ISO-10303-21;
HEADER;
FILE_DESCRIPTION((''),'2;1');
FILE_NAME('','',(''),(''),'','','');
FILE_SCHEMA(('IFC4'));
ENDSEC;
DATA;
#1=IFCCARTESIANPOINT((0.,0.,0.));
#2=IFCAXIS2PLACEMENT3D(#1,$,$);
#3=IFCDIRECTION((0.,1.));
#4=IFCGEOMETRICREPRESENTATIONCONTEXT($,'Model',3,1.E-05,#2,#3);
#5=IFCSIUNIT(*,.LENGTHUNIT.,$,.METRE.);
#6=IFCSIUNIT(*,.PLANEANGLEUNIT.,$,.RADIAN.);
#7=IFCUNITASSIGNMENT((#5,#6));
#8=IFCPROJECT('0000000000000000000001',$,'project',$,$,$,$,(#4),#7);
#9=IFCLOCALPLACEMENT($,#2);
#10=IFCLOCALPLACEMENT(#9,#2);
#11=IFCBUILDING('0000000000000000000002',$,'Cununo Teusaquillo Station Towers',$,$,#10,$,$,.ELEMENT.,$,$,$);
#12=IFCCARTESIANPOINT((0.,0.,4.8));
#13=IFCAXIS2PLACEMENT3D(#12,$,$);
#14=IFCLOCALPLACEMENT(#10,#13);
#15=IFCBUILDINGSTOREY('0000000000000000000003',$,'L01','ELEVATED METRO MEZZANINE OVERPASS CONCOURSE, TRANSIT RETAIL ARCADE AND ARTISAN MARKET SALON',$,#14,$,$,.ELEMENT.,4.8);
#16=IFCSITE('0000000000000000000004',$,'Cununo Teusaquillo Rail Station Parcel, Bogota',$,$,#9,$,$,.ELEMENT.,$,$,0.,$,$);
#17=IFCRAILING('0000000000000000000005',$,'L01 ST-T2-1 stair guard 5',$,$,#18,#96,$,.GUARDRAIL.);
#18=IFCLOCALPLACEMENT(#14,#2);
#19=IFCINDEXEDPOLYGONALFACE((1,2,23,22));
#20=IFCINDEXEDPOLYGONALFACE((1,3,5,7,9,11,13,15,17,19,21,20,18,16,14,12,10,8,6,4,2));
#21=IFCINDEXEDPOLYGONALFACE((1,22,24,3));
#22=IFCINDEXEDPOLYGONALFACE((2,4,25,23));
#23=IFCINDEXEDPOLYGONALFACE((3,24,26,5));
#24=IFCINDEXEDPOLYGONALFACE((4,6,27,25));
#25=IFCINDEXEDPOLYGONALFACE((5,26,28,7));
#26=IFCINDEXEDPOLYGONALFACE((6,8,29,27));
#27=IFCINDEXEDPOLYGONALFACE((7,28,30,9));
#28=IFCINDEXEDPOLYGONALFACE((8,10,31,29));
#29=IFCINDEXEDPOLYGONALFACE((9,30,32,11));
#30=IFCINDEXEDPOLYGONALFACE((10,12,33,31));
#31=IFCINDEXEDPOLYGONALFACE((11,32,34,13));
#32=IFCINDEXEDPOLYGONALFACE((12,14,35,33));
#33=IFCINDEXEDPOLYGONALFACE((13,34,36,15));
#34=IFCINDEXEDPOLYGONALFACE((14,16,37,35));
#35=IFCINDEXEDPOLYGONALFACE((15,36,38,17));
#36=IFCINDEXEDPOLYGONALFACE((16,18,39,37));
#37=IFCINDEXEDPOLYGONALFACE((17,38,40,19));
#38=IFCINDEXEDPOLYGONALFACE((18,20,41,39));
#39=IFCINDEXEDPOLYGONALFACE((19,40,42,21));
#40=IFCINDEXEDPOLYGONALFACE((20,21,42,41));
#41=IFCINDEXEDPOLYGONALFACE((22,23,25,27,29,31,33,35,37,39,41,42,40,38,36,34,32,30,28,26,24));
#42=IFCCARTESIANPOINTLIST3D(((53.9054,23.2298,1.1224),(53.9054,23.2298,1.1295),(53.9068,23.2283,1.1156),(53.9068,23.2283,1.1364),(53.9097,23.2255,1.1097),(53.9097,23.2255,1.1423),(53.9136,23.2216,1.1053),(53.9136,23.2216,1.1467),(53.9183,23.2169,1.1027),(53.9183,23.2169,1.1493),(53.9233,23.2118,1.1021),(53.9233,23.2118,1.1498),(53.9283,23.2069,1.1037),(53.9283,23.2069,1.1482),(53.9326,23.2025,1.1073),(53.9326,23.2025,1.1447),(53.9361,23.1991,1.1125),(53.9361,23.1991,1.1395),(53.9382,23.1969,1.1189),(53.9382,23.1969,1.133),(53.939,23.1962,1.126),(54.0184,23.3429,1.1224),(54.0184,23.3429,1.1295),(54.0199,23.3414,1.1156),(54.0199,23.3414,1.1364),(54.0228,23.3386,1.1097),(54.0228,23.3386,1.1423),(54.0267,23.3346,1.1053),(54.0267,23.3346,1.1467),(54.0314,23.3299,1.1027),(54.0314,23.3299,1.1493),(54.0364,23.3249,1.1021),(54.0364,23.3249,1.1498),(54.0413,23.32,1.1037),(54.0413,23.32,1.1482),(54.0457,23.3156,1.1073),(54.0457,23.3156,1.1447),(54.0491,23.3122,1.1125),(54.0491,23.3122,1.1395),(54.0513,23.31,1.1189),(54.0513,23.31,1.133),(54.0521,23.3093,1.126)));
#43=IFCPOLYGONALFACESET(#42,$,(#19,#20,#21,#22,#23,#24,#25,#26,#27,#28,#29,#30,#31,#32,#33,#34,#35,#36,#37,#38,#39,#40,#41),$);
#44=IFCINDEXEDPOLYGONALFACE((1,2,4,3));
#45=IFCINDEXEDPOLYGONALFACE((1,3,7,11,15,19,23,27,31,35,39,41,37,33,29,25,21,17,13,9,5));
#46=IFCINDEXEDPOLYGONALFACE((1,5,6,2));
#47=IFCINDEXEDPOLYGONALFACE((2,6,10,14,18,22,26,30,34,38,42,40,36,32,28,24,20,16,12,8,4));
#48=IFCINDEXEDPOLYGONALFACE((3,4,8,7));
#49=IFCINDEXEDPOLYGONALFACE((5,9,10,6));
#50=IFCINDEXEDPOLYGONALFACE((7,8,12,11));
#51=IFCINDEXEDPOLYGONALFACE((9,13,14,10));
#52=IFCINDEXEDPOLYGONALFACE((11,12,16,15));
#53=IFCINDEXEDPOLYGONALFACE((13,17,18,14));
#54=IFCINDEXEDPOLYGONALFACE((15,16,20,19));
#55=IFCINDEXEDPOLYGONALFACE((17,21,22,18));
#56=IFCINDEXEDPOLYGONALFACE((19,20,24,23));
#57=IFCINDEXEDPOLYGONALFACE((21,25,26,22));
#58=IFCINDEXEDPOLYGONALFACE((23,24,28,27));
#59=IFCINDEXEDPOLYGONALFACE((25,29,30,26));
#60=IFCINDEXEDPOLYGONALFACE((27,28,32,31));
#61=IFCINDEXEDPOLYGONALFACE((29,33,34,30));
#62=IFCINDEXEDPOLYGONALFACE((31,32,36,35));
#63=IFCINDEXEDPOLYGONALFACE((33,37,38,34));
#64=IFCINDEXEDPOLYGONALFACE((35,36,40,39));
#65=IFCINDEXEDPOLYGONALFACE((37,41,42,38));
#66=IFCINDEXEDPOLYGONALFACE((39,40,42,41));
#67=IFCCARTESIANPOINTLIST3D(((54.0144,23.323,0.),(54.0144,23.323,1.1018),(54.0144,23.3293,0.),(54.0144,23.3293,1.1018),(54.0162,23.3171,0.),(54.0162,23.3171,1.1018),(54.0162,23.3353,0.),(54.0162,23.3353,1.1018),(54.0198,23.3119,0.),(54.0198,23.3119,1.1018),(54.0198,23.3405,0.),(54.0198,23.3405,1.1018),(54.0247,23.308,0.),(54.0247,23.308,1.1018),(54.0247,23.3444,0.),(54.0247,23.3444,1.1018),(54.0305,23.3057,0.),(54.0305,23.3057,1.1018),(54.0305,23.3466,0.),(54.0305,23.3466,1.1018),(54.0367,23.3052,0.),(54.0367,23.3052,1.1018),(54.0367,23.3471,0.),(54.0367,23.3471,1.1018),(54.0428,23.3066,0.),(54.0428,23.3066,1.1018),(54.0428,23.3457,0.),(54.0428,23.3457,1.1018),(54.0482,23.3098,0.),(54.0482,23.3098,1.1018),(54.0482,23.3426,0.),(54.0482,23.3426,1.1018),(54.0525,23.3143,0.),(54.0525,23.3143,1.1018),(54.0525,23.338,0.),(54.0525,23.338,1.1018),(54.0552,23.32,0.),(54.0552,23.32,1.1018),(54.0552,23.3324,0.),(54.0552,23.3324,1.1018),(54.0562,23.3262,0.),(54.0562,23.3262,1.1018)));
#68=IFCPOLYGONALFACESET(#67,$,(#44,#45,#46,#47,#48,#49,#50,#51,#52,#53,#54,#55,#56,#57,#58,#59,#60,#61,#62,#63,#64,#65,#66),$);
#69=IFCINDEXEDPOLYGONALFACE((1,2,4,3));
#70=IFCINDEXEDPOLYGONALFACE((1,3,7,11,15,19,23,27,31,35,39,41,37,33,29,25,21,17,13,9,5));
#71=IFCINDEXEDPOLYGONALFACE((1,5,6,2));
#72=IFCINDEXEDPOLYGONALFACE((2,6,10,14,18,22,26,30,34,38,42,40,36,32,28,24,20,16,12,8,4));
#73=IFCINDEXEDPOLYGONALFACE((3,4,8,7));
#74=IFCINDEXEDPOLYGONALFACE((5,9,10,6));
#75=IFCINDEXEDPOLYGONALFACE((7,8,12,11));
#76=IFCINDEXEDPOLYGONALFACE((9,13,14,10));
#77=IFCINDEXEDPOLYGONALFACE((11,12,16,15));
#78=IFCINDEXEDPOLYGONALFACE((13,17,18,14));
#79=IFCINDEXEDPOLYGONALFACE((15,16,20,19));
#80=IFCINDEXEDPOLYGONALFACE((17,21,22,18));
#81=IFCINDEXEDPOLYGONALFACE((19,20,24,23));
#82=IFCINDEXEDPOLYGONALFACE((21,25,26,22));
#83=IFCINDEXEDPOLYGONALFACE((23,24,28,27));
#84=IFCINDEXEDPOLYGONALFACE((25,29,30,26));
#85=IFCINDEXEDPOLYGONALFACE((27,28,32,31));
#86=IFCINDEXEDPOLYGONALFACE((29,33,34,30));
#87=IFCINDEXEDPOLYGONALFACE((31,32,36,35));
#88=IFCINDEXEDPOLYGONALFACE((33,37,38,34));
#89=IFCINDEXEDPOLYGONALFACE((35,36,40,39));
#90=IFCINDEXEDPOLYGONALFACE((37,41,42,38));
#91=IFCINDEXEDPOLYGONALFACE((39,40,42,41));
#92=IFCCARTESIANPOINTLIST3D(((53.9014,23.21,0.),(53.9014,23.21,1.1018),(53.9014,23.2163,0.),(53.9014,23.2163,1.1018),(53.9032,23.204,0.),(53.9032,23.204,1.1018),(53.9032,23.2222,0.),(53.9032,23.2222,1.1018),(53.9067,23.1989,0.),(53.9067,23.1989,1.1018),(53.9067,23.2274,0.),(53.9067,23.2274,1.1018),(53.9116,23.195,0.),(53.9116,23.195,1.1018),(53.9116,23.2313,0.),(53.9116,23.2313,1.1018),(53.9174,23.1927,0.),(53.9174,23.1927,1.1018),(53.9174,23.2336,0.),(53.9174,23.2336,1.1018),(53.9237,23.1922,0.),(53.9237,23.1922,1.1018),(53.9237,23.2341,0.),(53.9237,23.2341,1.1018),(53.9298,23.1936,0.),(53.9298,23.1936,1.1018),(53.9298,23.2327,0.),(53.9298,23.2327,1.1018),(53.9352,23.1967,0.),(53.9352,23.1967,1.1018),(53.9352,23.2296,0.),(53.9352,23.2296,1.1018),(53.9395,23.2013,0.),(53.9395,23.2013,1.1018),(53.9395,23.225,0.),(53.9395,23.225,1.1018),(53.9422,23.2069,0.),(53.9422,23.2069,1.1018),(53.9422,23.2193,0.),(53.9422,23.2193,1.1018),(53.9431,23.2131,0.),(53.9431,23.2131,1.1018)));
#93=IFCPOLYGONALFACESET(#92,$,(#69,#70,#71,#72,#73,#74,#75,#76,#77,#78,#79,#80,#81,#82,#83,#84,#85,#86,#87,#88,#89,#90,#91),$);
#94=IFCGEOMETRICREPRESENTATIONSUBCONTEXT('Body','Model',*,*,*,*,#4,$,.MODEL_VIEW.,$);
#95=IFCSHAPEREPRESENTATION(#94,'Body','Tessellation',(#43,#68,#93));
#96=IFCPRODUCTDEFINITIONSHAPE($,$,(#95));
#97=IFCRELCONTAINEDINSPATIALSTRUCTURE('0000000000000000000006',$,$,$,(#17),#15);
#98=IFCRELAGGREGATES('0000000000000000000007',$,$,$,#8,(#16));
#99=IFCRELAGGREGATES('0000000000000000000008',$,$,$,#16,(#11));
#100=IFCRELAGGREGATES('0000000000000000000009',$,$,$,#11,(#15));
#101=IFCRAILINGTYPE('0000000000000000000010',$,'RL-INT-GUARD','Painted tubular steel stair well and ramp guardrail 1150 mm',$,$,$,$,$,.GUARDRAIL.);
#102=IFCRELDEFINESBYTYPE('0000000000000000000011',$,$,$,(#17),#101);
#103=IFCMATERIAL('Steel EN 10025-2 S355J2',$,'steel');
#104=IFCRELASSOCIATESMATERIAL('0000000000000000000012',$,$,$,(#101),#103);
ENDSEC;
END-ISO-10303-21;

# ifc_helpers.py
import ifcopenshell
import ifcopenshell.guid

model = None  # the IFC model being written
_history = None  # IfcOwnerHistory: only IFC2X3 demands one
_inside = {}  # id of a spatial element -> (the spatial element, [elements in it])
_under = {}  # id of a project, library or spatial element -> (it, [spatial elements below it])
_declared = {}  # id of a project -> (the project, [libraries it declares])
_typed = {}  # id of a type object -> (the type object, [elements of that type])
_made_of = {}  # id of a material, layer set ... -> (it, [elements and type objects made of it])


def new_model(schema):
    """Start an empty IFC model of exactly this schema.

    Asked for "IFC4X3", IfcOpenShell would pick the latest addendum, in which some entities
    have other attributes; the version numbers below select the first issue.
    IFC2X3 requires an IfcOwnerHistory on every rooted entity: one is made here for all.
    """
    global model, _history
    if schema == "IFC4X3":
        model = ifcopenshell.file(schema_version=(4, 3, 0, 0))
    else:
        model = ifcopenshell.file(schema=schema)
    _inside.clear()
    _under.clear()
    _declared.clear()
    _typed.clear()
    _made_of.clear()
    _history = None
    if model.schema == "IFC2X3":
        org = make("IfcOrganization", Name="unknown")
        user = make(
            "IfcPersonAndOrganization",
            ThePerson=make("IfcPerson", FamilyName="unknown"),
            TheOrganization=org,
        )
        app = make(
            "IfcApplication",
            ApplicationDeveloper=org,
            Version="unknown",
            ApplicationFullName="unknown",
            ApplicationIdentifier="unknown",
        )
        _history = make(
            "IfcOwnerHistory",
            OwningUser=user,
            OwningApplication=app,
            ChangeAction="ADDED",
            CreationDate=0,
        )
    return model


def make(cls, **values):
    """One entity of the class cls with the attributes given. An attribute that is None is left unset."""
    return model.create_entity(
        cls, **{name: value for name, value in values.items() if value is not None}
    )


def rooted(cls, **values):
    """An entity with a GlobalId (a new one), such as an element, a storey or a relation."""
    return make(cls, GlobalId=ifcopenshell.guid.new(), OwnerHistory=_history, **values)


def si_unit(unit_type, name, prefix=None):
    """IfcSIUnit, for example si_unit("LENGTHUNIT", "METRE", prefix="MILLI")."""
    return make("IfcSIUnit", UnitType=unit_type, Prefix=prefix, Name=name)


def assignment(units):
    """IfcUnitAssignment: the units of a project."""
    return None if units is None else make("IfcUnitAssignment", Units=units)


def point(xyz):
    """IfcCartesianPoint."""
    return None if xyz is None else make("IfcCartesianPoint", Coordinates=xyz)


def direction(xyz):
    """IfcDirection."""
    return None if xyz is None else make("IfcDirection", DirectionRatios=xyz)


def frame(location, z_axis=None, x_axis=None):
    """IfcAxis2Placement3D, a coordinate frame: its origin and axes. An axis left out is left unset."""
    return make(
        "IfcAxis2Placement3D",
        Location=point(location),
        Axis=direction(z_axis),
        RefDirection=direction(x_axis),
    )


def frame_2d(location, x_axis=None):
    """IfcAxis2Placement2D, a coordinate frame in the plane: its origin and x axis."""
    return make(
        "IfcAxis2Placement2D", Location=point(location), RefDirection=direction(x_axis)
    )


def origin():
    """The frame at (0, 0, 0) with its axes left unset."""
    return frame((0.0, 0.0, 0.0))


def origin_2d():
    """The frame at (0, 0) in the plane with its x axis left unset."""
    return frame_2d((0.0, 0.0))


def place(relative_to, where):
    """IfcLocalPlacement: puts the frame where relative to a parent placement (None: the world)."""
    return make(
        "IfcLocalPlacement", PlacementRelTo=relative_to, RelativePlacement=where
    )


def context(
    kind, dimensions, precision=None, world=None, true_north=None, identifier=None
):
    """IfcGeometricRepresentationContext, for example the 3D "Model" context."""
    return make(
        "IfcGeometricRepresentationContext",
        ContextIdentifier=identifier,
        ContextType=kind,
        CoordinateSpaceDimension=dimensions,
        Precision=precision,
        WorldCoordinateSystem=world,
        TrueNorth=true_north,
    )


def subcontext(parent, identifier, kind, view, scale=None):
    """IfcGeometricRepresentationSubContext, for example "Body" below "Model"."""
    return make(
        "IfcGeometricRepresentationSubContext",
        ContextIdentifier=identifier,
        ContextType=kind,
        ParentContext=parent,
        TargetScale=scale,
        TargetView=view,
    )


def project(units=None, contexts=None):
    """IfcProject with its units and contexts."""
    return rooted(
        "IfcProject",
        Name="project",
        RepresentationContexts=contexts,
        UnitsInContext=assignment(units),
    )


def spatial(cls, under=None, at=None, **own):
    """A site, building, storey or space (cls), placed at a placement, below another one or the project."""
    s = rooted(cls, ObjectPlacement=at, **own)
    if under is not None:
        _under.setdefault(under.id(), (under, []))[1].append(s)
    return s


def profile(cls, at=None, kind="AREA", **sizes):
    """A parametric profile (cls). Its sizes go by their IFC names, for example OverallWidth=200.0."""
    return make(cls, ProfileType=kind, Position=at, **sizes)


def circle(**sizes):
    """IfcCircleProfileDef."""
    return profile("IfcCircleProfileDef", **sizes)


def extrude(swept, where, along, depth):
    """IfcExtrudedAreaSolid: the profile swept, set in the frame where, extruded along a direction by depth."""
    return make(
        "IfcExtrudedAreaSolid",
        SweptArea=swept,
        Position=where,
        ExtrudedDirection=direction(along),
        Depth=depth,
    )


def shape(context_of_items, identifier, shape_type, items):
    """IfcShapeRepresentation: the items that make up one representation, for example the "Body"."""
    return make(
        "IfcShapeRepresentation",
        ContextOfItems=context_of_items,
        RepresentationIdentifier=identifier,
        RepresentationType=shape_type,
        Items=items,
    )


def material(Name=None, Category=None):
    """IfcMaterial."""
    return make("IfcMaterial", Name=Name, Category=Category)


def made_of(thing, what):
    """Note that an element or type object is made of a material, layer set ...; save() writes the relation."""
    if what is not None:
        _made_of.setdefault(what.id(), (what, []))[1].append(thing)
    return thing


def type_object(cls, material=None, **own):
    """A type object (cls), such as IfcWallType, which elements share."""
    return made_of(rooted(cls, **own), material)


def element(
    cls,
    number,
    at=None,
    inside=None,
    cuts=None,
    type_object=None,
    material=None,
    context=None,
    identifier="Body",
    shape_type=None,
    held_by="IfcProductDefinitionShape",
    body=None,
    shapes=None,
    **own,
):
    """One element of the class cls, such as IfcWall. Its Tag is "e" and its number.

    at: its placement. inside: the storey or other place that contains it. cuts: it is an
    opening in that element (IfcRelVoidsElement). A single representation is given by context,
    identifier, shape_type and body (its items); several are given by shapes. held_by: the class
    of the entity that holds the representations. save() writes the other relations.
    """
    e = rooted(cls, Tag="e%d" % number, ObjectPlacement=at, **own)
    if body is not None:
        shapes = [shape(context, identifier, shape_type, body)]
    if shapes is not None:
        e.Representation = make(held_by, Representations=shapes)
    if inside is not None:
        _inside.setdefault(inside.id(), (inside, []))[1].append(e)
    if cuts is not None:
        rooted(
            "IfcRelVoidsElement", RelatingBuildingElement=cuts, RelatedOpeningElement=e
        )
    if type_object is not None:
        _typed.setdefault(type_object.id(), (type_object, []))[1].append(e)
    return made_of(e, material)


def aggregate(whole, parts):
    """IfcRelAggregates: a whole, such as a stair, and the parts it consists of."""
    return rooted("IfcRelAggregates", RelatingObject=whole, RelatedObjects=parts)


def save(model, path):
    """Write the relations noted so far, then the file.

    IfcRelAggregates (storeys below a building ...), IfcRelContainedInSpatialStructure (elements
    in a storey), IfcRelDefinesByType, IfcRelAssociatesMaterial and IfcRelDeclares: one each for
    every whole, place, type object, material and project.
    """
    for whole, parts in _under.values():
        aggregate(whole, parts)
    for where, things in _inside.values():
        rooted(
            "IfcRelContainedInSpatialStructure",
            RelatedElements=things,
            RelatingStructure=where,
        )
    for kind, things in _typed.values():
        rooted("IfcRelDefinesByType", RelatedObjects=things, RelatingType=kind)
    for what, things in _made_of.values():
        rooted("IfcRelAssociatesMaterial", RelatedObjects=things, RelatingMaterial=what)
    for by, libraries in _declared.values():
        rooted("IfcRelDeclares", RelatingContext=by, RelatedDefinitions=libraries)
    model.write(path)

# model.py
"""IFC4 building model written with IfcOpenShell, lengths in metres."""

from ifc_helpers import new_model, si_unit, direction, frame, origin, origin_2d, place, context, subcontext, project, spatial, circle, extrude, material, type_object, element, save


model = new_model("IFC4")

# Units and contexts
model_context = context("Model", 3, precision=1e-05, world=origin(), true_north=direction((0.0, 1.0)))
body_context = subcontext(model_context, "Body", "Model", "MODEL_VIEW")
ifc_project = project(units=[si_unit("LENGTHUNIT", "METRE"), si_unit("PLANEANGLEUNIT", "RADIAN")], contexts=[model_context])

# Site, building, storey
site_placement = place(None, origin())
site = spatial("IfcSite", under=ifc_project, at=site_placement, Name="Cununo Teusaquillo Rail Station Parcel, Bogota", CompositionType="ELEMENT", RefElevation=0.0)
building_placement = place(site_placement, origin())
building = spatial("IfcBuilding", under=site, at=building_placement, Name="Cununo Teusaquillo Station Towers", CompositionType="ELEMENT")
storey_placement = place(building_placement, frame((0.0, 0.0, 4.8)))
storey = spatial("IfcBuildingStorey", under=building, at=storey_placement, Name="L01", Description="ELEVATED METRO MEZZANINE OVERPASS CONCOURSE, TRANSIT RETAIL ARCADE AND ARTISAN MARKET SALON", CompositionType="ELEMENT", Elevation=4.8)

# Railing
ifc_material_1 = material(Name="Steel EN 10025-2 S355J2", Category="steel")
railing_type_1 = type_object("IfcRailingType", Name="RL-INT-GUARD", Description="Painted tubular steel stair well and ramp guardrail 1150 mm", PredefinedType="GUARDRAIL", material=ifc_material_1)
railing_1_placement = place(storey_placement, frame((54.0352, 23.3262, 0.0)))
element("IfcRailing", 1, at=railing_1_placement, inside=storey, type_object=railing_type_1, Name="L01 ST-T2-1 stair guard 5", PredefinedType="GUARDRAIL", context=body_context, shape_type="SweptSolid", body=[
    extrude(circle(Radius=0.0239, at=origin_2d()), frame((0.0, 0.0, 1.126), z_axis=(-0.707107, -0.707107, 0.0), x_axis=(0.707107, -0.707107, 0.0)), (0.0, 0.0, 1.0), 0.1599),
    extrude(circle(Radius=0.021, at=origin_2d()), origin(), (0.0, 0.0, 1.0), 1.1018),
    extrude(circle(Radius=0.021, at=origin_2d()), frame((-0.113, -0.113, 0.0)), (0.0, 0.0, 1.0), 1.1018),
])

save(model, "model.ifc")
